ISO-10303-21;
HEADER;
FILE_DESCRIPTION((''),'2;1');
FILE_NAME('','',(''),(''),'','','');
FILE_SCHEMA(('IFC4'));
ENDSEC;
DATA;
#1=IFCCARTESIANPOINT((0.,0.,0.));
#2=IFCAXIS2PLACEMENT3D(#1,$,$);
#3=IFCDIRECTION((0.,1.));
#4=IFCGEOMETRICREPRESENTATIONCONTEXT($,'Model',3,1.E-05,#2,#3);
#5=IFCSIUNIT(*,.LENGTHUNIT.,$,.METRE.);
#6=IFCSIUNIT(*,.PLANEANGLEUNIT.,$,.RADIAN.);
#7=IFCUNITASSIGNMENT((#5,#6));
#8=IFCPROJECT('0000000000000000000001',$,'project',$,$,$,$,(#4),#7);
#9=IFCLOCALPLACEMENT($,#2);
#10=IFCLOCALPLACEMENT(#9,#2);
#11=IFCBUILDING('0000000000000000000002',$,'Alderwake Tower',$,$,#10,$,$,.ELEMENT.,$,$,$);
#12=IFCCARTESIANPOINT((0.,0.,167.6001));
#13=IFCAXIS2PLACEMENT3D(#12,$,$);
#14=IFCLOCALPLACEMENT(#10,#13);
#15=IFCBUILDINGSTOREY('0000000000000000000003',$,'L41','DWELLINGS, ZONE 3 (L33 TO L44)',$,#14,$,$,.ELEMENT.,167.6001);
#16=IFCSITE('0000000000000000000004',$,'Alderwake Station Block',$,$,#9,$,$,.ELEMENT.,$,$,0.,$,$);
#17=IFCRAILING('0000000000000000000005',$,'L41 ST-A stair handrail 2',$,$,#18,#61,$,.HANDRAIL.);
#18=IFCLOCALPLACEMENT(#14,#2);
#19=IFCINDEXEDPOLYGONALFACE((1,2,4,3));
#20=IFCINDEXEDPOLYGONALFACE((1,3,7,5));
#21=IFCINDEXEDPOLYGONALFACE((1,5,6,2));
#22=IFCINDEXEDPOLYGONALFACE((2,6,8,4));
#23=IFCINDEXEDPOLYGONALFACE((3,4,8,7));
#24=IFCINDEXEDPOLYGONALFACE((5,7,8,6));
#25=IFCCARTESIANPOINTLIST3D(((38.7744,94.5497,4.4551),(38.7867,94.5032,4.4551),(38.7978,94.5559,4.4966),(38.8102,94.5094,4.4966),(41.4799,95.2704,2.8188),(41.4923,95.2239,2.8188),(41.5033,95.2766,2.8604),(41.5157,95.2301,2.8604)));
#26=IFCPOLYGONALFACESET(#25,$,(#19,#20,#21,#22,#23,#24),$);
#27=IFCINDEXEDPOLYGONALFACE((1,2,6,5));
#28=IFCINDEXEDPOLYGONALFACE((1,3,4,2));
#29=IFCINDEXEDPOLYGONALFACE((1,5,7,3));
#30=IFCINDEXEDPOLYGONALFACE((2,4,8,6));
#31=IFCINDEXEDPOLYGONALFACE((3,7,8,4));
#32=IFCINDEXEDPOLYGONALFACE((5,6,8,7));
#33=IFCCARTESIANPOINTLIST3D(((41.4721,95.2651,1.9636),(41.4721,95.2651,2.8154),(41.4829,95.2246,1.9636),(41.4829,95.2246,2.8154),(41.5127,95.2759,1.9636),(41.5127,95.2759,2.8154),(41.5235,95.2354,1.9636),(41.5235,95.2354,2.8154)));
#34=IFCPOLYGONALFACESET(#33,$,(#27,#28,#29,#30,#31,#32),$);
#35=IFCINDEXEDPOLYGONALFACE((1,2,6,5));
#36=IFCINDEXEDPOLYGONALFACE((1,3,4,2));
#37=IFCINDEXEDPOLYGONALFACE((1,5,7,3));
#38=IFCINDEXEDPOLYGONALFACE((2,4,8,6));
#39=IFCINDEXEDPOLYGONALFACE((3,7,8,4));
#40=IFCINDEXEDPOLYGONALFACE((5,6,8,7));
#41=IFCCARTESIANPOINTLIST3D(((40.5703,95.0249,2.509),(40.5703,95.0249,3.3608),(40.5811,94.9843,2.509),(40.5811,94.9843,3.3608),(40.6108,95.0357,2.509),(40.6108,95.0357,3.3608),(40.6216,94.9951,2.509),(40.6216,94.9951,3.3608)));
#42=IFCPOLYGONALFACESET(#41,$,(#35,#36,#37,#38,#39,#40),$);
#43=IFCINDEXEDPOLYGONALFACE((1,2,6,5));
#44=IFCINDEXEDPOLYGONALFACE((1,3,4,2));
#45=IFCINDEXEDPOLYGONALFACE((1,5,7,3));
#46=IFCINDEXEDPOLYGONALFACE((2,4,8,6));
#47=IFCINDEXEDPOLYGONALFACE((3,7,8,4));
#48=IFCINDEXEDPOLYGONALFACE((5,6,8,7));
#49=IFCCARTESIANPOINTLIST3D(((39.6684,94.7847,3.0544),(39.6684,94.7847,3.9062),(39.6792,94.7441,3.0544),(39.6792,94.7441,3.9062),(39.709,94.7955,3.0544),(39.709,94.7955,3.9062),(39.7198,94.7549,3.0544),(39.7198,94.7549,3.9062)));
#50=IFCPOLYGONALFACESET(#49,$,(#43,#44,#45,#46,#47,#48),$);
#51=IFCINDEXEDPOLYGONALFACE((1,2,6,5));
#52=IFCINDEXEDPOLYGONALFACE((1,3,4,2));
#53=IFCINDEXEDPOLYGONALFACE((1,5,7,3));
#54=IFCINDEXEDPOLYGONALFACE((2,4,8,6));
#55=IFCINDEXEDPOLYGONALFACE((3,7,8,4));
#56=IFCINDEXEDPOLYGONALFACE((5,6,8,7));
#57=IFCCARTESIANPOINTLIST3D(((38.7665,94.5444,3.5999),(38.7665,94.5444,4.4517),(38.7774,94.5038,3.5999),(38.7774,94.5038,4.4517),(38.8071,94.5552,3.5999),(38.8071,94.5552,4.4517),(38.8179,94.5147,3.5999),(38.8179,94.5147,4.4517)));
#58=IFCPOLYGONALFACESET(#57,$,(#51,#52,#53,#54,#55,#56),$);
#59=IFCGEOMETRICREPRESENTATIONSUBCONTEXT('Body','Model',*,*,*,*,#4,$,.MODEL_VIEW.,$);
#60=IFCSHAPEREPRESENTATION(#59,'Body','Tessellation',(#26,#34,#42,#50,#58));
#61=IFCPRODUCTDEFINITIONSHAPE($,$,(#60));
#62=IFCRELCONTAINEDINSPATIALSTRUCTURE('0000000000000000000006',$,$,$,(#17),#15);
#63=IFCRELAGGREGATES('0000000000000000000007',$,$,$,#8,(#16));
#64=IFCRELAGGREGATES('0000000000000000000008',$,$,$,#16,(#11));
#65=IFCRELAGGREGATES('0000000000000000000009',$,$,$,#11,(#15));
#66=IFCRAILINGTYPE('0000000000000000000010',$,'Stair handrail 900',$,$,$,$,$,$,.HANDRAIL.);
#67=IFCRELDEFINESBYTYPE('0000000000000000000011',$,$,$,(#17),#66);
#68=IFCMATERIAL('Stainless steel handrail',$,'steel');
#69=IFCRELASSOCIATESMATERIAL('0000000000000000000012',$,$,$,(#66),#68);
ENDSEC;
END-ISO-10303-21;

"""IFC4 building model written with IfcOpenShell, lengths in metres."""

from ifc_helpers import new_model, si_unit, direction, frame, origin, origin_2d, place, context, subcontext, project, spatial, rectangle, extrude, material, type_object, element, save


model = new_model("IFC4")

# Units and contexts
model_context = context("Model", 3, precision=1e-05, world=origin(), true_north=direction((0.0, 1.0)))
body_context = subcontext(model_context, "Body", "Model", "MODEL_VIEW")
ifc_project = project(units=[si_unit("LENGTHUNIT", "METRE"), si_unit("PLANEANGLEUNIT", "RADIAN")], contexts=[model_context])

# Site, building, storey
site_placement = place(None, origin())
site = spatial("IfcSite", under=ifc_project, at=site_placement, Name="Alderwake Station Block", CompositionType="ELEMENT", RefElevation=0.0)
building_placement = place(site_placement, origin())
building = spatial("IfcBuilding", under=site, at=building_placement, Name="Alderwake Tower", CompositionType="ELEMENT")
storey_placement = place(building_placement, frame((0.0, 0.0, 167.6001)))
storey = spatial("IfcBuildingStorey", under=building, at=storey_placement, Name="L41", Description="DWELLINGS, ZONE 3 (L33 TO L44)", CompositionType="ELEMENT", Elevation=167.6001)

# Railing
ifc_material_1 = material(Name="Stainless steel handrail", Category="steel")
railing_type_1 = type_object("IfcRailingType", Name="Stair handrail 900", PredefinedType="HANDRAIL", material=ifc_material_1)
railing_1_placement = place(storey_placement, frame((41.4978, 95.2502, 1.9636)))
element("IfcRailing", 1, at=railing_1_placement, inside=storey, type_object=railing_type_1, Name="L41 ST-A stair handrail 2", PredefinedType="HANDRAIL", context=body_context, shape_type="SweptSolid", body=[
    extrude(rectangle(XDim=0.0481, YDim=0.0481, at=origin_2d()), frame((0.0, 0.0, 0.876), z_axis=(-0.834291, -0.222237, 0.504549), x_axis=(0.257402, -0.966304, 0.0)), (0.0, 0.0, 1.0), 3.2429),
    extrude(rectangle(XDim=0.042, YDim=0.042, at=origin_2d()), frame((0.0, 0.0, 0.0), z_axis=(0.0, 0.0, 1.0), x_axis=(-0.966304, -0.257402, 0.0)), (0.0, 0.0, 1.0), 0.8518),
    extrude(rectangle(XDim=0.042, YDim=0.042, at=origin_2d()), frame((-0.9019, -0.2402, 0.5454), z_axis=(0.0, 0.0, 1.0), x_axis=(-0.966304, -0.257402, 0.0)), (0.0, 0.0, 1.0), 0.8518),
    extrude(rectangle(XDim=0.042, YDim=0.042, at=origin_2d()), frame((-1.8037, -0.4805, 1.0908), z_axis=(0.0, 0.0, 1.0), x_axis=(-0.966304, -0.257402, 0.0)), (0.0, 0.0, 1.0), 0.8518),
    extrude(rectangle(XDim=0.042, YDim=0.042, at=origin_2d()), frame((-2.7056, -0.7207, 1.6362), z_axis=(0.0, 0.0, 1.0), x_axis=(-0.966304, -0.257402, 0.0)), (0.0, 0.0, 1.0), 0.8518),
])

save(model, "model.ifc")
